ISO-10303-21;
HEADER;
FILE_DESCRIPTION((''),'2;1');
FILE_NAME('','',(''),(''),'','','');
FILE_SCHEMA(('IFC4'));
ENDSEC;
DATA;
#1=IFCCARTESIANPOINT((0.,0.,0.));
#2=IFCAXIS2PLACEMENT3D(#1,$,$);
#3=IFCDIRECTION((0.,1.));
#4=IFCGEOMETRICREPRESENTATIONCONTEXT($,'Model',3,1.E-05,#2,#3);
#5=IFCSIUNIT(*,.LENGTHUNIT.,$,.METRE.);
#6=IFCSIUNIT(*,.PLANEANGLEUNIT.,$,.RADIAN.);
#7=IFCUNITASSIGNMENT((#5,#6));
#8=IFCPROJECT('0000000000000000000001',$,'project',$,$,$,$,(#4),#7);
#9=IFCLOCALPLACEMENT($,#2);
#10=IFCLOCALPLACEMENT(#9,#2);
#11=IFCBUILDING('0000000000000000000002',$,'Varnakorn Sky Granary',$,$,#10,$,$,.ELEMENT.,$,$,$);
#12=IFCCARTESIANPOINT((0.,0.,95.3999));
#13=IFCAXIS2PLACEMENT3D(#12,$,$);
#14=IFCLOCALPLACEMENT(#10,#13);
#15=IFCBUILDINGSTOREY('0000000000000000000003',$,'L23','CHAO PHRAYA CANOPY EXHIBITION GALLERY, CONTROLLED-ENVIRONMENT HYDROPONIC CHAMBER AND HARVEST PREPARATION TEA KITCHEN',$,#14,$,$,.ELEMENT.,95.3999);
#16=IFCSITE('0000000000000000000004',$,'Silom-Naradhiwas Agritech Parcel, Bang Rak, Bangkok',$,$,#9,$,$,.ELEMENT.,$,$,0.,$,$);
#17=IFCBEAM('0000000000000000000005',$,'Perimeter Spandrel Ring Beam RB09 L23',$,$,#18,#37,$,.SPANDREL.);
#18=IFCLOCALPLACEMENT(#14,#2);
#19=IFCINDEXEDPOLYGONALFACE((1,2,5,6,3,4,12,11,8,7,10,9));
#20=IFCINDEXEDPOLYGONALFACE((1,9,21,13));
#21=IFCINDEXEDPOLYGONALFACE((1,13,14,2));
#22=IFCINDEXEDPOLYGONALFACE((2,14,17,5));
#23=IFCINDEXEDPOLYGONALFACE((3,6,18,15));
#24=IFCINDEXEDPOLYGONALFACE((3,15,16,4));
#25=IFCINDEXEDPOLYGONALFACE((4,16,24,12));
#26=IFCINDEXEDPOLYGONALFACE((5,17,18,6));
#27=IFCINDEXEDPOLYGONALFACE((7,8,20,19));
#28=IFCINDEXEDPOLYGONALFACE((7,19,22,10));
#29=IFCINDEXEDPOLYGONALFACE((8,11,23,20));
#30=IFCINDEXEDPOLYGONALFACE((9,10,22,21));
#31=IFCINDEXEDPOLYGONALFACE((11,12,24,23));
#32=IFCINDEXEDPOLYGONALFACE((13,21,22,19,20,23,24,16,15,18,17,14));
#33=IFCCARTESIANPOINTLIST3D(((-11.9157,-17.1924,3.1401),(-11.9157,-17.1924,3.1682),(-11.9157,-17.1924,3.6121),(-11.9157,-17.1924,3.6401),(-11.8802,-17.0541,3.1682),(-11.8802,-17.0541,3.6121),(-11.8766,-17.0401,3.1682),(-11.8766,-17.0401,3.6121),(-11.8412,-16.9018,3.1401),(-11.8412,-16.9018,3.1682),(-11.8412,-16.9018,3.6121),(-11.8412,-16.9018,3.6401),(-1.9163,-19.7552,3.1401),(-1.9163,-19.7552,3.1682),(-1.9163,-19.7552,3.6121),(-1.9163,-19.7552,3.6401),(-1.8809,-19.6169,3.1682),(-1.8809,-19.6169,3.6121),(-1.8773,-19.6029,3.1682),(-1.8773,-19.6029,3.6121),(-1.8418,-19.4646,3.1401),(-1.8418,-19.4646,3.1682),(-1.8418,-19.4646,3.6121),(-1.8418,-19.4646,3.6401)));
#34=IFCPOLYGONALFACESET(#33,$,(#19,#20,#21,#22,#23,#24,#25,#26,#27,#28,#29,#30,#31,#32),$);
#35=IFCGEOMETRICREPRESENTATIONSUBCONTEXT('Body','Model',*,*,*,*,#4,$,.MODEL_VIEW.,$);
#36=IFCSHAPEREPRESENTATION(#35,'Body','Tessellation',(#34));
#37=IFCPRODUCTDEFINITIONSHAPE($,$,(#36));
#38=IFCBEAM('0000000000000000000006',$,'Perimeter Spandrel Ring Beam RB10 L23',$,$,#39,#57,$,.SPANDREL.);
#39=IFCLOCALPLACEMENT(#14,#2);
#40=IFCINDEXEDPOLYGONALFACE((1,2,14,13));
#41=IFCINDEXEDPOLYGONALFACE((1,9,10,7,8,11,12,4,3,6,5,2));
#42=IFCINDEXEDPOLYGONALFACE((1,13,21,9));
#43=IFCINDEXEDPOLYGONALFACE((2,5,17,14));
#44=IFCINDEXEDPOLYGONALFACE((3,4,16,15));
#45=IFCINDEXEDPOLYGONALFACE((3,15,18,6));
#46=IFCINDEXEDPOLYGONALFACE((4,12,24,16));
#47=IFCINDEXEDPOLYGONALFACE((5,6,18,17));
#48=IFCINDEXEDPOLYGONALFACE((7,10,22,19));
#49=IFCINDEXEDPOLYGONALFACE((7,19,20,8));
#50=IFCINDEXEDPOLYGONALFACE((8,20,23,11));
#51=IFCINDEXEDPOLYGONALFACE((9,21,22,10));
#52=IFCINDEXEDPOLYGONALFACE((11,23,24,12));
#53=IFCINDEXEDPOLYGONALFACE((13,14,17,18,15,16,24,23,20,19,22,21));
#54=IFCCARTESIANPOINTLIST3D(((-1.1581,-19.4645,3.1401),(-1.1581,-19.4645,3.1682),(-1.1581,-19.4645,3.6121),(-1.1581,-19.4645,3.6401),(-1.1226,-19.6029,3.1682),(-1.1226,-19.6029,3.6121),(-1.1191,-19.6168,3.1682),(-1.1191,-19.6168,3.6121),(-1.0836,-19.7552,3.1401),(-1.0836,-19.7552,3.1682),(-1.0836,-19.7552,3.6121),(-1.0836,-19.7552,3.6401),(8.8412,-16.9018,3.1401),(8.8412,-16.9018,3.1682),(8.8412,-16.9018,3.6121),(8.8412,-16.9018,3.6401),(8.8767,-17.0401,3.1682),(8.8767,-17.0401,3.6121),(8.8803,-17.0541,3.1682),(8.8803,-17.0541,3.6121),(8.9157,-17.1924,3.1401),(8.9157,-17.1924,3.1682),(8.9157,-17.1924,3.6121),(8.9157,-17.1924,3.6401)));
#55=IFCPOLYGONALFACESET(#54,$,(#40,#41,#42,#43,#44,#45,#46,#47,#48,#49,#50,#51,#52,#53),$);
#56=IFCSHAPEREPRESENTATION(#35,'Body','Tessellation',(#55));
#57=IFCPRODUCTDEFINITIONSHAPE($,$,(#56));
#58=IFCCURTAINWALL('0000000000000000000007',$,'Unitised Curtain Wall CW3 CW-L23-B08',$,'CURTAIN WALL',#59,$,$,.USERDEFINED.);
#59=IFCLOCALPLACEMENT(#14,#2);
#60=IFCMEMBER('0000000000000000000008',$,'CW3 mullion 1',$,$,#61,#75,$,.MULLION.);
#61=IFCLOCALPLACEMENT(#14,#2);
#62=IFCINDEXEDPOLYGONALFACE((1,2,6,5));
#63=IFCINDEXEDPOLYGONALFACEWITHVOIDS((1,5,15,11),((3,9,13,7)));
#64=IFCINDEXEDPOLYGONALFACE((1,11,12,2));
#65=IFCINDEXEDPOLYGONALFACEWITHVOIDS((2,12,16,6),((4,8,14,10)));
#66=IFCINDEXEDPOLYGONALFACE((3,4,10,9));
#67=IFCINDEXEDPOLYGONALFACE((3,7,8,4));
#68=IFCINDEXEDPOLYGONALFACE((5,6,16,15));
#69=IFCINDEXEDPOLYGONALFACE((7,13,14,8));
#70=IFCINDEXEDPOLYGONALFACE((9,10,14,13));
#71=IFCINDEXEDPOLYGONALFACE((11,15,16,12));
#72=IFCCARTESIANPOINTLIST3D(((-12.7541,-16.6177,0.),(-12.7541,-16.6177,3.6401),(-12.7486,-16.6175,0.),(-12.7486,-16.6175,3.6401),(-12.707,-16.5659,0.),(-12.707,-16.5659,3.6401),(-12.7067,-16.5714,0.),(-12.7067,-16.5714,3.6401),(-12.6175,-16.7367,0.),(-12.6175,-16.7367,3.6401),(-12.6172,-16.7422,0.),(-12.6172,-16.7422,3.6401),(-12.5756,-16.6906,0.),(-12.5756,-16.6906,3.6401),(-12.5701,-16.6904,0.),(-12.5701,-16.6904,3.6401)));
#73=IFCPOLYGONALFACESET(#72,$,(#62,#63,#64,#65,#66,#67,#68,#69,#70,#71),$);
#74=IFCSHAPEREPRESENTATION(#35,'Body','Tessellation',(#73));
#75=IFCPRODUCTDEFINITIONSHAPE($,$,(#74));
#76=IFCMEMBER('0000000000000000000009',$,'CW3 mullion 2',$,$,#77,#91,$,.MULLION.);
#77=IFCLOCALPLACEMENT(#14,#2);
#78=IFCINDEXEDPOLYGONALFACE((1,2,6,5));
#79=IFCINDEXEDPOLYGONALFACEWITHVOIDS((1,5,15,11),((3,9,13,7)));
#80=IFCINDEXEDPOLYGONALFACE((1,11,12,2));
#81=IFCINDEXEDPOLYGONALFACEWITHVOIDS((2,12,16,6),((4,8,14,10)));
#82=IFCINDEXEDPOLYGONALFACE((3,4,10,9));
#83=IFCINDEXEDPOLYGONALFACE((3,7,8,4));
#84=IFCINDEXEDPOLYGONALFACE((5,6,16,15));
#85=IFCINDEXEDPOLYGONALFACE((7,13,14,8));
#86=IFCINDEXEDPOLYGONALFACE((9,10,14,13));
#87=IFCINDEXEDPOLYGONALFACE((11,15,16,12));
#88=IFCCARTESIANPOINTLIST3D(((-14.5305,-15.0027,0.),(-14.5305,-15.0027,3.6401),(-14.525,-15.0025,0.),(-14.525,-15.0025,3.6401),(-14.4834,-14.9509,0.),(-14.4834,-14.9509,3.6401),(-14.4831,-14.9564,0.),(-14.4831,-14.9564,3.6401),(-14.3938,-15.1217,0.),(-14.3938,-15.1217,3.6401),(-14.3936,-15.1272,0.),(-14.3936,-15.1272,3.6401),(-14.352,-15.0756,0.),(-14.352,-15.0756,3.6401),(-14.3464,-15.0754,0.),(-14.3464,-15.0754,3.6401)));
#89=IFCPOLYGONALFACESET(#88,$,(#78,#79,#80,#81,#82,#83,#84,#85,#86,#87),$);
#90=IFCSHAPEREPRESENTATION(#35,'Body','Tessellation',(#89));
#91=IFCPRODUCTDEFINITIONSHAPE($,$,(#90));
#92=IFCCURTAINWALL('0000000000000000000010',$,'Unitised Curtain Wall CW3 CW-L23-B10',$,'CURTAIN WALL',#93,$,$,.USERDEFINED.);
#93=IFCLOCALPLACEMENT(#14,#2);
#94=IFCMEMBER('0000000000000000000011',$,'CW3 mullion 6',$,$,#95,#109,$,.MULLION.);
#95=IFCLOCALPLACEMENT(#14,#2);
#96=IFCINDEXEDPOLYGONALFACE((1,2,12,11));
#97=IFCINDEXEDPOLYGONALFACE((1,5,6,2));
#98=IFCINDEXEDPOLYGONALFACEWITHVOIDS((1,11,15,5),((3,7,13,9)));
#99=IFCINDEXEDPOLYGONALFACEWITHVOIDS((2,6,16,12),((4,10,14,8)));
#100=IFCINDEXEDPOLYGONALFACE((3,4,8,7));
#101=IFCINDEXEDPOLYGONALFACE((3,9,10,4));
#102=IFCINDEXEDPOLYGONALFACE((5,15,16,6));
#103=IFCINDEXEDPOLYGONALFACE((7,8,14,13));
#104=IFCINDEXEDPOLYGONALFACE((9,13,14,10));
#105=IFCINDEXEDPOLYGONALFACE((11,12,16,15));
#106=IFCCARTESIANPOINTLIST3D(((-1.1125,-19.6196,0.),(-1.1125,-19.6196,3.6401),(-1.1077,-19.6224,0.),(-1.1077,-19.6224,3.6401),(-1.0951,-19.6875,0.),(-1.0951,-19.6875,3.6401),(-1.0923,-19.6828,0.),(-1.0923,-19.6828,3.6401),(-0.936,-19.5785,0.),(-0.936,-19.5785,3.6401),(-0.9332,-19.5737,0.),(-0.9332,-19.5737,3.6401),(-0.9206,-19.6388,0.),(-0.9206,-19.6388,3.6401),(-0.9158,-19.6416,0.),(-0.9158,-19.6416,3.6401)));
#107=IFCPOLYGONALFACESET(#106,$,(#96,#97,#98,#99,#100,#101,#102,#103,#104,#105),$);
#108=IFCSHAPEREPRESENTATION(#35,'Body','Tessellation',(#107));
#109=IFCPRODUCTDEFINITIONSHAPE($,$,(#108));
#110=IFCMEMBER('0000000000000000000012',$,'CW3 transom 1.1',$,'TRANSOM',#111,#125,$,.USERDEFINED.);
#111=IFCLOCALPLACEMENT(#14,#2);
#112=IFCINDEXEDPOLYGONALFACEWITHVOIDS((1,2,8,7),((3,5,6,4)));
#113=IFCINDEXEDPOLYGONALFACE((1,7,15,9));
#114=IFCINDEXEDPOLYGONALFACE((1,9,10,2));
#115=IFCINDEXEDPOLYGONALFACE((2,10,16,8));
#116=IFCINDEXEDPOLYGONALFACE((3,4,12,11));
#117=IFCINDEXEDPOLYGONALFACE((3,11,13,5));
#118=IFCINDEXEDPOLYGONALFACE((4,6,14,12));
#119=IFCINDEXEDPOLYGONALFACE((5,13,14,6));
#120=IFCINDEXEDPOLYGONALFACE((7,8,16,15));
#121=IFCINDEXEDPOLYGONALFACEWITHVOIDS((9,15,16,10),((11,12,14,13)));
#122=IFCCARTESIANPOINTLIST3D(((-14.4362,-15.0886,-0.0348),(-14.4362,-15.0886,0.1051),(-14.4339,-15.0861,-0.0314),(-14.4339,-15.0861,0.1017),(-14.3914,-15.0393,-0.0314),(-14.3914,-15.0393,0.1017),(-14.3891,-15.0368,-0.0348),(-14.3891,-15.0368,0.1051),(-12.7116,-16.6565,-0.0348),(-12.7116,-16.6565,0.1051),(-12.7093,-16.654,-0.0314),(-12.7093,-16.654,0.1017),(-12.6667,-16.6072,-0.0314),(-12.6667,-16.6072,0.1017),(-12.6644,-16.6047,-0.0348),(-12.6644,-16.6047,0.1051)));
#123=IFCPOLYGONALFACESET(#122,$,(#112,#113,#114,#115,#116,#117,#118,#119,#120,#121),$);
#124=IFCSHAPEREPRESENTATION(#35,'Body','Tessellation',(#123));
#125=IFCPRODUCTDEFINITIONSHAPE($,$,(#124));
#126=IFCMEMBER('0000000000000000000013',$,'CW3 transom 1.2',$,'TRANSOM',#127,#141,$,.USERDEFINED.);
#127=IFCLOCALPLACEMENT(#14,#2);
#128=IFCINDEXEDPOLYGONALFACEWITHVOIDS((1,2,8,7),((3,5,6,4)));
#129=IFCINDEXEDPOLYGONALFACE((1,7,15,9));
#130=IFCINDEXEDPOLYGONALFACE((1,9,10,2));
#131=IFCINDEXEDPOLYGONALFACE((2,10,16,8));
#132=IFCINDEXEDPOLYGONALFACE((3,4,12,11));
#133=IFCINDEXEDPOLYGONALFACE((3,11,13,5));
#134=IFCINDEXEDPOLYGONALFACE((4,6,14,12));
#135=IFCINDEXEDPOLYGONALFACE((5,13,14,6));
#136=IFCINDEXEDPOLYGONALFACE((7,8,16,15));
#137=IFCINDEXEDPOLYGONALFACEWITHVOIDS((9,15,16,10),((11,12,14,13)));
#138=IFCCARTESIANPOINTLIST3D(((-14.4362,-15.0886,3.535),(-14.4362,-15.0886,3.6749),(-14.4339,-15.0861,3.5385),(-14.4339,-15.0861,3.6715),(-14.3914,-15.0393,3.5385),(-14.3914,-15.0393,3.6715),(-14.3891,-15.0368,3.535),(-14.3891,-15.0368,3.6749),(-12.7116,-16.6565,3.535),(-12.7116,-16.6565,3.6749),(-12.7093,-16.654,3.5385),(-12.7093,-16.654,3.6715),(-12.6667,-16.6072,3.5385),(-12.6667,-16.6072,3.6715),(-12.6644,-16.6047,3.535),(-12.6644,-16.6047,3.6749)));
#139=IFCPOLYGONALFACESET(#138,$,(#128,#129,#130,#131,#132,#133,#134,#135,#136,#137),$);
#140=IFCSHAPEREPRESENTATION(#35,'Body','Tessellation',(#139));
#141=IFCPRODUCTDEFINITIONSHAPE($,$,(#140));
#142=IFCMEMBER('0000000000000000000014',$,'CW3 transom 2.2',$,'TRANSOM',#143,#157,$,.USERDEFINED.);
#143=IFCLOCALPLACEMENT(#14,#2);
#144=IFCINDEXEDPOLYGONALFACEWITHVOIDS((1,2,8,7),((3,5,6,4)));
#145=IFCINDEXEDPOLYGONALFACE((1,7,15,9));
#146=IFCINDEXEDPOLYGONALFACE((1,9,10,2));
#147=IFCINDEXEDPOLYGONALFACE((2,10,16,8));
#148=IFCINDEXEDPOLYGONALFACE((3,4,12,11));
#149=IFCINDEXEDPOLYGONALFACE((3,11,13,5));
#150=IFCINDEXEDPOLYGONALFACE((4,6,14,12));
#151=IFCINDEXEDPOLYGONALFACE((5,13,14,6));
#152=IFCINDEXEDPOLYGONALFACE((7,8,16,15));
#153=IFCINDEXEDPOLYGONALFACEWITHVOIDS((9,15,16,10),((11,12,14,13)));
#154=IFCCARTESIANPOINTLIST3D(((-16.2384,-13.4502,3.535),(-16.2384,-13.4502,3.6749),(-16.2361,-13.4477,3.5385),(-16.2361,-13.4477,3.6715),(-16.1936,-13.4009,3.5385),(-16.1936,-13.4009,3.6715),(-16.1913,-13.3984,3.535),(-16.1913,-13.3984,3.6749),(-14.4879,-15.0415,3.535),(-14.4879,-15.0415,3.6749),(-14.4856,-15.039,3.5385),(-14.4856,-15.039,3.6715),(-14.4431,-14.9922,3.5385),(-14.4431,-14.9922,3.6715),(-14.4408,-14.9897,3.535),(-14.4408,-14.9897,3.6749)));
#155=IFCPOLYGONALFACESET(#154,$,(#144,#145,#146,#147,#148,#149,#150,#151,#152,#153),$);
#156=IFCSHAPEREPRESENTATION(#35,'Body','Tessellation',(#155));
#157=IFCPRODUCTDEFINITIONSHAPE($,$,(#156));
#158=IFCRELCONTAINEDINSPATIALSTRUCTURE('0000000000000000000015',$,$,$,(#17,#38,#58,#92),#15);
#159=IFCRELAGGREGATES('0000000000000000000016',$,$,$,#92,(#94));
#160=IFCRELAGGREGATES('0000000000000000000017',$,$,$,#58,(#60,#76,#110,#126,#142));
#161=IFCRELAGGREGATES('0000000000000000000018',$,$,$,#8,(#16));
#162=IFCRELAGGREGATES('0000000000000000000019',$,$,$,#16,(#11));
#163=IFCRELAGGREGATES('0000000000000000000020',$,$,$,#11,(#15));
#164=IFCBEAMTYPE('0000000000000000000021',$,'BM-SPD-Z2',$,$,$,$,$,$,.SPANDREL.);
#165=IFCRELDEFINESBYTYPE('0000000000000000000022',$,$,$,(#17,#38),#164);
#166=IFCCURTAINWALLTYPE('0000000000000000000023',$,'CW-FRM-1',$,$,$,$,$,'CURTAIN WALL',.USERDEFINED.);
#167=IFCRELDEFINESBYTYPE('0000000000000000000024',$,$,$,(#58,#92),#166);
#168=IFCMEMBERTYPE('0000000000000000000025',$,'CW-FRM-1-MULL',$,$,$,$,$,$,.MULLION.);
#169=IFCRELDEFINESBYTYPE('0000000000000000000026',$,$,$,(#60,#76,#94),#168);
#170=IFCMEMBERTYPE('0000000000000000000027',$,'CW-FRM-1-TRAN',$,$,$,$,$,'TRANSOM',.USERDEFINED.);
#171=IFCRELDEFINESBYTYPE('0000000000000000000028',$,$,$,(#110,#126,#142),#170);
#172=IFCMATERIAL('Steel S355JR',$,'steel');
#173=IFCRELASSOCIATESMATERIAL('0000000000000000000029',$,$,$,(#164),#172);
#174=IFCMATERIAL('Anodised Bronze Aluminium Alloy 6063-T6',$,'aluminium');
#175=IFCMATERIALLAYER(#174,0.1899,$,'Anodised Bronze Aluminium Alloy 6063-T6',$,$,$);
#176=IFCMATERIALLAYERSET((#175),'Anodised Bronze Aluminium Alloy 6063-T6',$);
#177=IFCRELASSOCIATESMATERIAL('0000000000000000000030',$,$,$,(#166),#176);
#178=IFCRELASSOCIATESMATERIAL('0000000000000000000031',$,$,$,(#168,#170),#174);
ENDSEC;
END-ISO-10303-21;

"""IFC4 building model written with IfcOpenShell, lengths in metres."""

from ifc_helpers import new_model, si_unit, direction, frame, origin, origin_2d, place, context, subcontext, project, spatial, hollow_rectangle, i_section, extrude, material, layer, layer_set, material_profile, profile_set, type_object, element, aggregate, save


model = new_model("IFC4")

# Units and contexts
model_context = context("Model", 3, precision=1e-05, world=origin(), true_north=direction((0.0, 1.0)))
body_context = subcontext(model_context, "Body", "Model", "MODEL_VIEW")
ifc_project = project(units=[si_unit("LENGTHUNIT", "METRE"), si_unit("PLANEANGLEUNIT", "RADIAN")], contexts=[model_context])

# Site, building, storey
site_placement = place(None, origin())
site = spatial("IfcSite", under=ifc_project, at=site_placement, Name="Silom-Naradhiwas Agritech Parcel, Bang Rak, Bangkok", CompositionType="ELEMENT", RefElevation=0.0)
building_placement = place(site_placement, origin())
building = spatial("IfcBuilding", under=site, at=building_placement, Name="Varnakorn Sky Granary", CompositionType="ELEMENT")
storey_placement = place(building_placement, frame((0.0, 0.0, 95.3999)))
storey = spatial("IfcBuildingStorey", under=building, at=storey_placement, Name="L23", Description="CHAO PHRAYA CANOPY EXHIBITION GALLERY, CONTROLLED-ENVIRONMENT HYDROPONIC CHAMBER AND HARVEST PREPARATION TEA KITCHEN", CompositionType="ELEMENT", Elevation=95.3999)

# Beams
ifc_material_1 = material(Name="Steel S355JR", Category="steel")
ifc_material_profile_1 = material_profile(ifc_material_1, i_section(OverallWidth=0.3, OverallDepth=0.5, WebThickness=0.0144, FlangeThickness=0.0281, at=origin_2d()), Name="HE 500 B")
ifc_profile_set_1 = profile_set([ifc_material_profile_1], Name="Steel S355JR")
beam_type_1 = type_object("IfcBeamType", Name="BM-SPD-Z2", PredefinedType="SPANDREL", material=ifc_profile_set_1)
for number, where, z_axis, x_axis, name in (
    (1, (-11.8784, -17.0471, 3.3901), (0.968691, -0.248269, 0.0), (0.248269, 0.968691, 0.0), "Perimeter Spandrel Ring Beam RB09 L23"),
    (2, (-1.1208, -19.6099, 3.3901), (0.968691, 0.248269, 0.0), (-0.248269, 0.968691, 0.0), "Perimeter Spandrel Ring Beam RB10 L23"),
):
    element("IfcBeam", number, at=place(storey_placement, frame(where, z_axis=z_axis, x_axis=x_axis)), inside=storey, type_object=beam_type_1, Name=name, PredefinedType="SPANDREL", context=body_context, shape_type="SweptSolid", body=[
        extrude(i_section(OverallWidth=0.3, OverallDepth=0.5, WebThickness=0.0144, FlangeThickness=0.0281, at=origin_2d()), origin(), (0.0, 0.0, 1.0), 10.3225),
    ])

# Curtain wall, members
ifc_material_2 = material(Name="Anodised Bronze Aluminium Alloy 6063-T6", Category="aluminium")
ifc_layer_1 = layer(ifc_material_2, 0.1899, Name="Anodised Bronze Aluminium Alloy 6063-T6")
ifc_layer_set_1 = layer_set([ifc_layer_1], Name="Anodised Bronze Aluminium Alloy 6063-T6")
curtain_wall_type = type_object("IfcCurtainWallType", Name="CW-FRM-1", ElementType="CURTAIN WALL", PredefinedType="USERDEFINED", material=ifc_layer_set_1)
curtain_wall_1_placement = place(storey_placement, origin())
curtain_wall_1 = element("IfcCurtainWall", 3, at=curtain_wall_1_placement, inside=storey, type_object=curtain_wall_type, Name="Unitised Curtain Wall CW3 CW-L23-B08", ObjectType="CURTAIN WALL", PredefinedType="USERDEFINED")
ifc_material_profile_2 = material_profile(ifc_material_2, hollow_rectangle(XDim=0.0701, YDim=0.1851, WallThickness=0.0039, at=origin_2d()), Name="ALU MULL 70x185")
ifc_profile_set_2 = profile_set([ifc_material_profile_2], Name="Anodised Bronze Aluminium Alloy 6063-T6")
member_type_1 = type_object("IfcMemberType", Name="CW-FRM-1-MULL", PredefinedType="MULLION", material=ifc_profile_set_2)
member_1_placement = place(storey_placement, frame((-12.6621, -16.6541, 0.0), z_axis=(0.0, 0.0, 1.0), x_axis=(-0.672672, -0.739941, 0.0)))
member_1 = element("IfcMember", 4, at=member_1_placement, type_object=member_type_1, Name="CW3 mullion 1", PredefinedType="MULLION", context=body_context, shape_type="SweptSolid", body=[
    extrude(hollow_rectangle(XDim=0.0701, YDim=0.1851, WallThickness=0.0039, at=origin_2d()), origin(), (0.0, 0.0, 1.0), 3.6401),
])
member_2_placement = place(storey_placement, frame((-14.4385, -15.0391, 0.0), z_axis=(0.0, 0.0, 1.0), x_axis=(-0.672672, -0.739941, 0.0)))
member_2 = element("IfcMember", 5, at=member_2_placement, type_object=member_type_1, Name="CW3 mullion 2", PredefinedType="MULLION", context=body_context, shape_type="SweptSolid", body=[
    extrude(hollow_rectangle(XDim=0.0701, YDim=0.1851, WallThickness=0.0039, at=origin_2d()), origin(), (0.0, 0.0, 1.0), 3.6401),
])

# Curtain wall, member
curtain_wall_2_placement = place(storey_placement, origin())
curtain_wall_2 = element("IfcCurtainWall", 6, at=curtain_wall_2_placement, inside=storey, type_object=curtain_wall_type, Name="Unitised Curtain Wall CW3 CW-L23-B10", ObjectType="CURTAIN WALL", PredefinedType="USERDEFINED")
member_3_placement = place(storey_placement, frame((-1.0142, -19.6306, 0.0), z_axis=(0.0, 0.0, 1.0), x_axis=(0.248101, -0.968734, 0.0)))
member_3 = element("IfcMember", 7, at=member_3_placement, type_object=member_type_1, Name="CW3 mullion 6", PredefinedType="MULLION", context=body_context, shape_type="SweptSolid", body=[
    extrude(hollow_rectangle(XDim=0.0701, YDim=0.1851, WallThickness=0.0039, at=origin_2d()), origin(), (0.0, 0.0, 1.0), 3.6401),
])
aggregate(curtain_wall_2, [member_3])

# Members
ifc_material_profile_3 = material_profile(ifc_material_2, hollow_rectangle(XDim=0.0701, YDim=0.1399, WallThickness=0.0034, at=origin_2d()), Name="ALU TRAN 70x140")
ifc_profile_set_3 = profile_set([ifc_material_profile_3], Name="Anodised Bronze Aluminium Alloy 6063-T6")
member_type_2 = type_object("IfcMemberType", Name="CW-FRM-1-TRAN", ElementType="TRANSOM", PredefinedType="USERDEFINED", material=ifc_profile_set_3)
member_4_placement = place(storey_placement, frame((-12.688, -16.6306, 0.0352), z_axis=(-0.739931, 0.672683, 0.0), x_axis=(-0.672683, -0.739931, 0.0)))
member_4 = element("IfcMember", 8, at=member_4_placement, type_object=member_type_2, Name="CW3 transom 1.1", ObjectType="TRANSOM", PredefinedType="USERDEFINED", context=body_context, shape_type="SweptSolid", body=[
    extrude(hollow_rectangle(XDim=0.0701, YDim=0.1399, WallThickness=0.0034, at=origin_2d()), origin(), (0.0, 0.0, 1.0), 2.3308),
])
member_5_placement = place(storey_placement, frame((-12.688, -16.6306, 3.605), z_axis=(-0.739931, 0.672683, 0.0), x_axis=(-0.672683, -0.739931, 0.0)))
member_5 = element("IfcMember", 9, at=member_5_placement, type_object=member_type_2, Name="CW3 transom 1.2", ObjectType="TRANSOM", PredefinedType="USERDEFINED", context=body_context, shape_type="SweptSolid", body=[
    extrude(hollow_rectangle(XDim=0.0701, YDim=0.1399, WallThickness=0.0034, at=origin_2d()), origin(), (0.0, 0.0, 1.0), 2.3308),
])
member_6_placement = place(storey_placement, frame((-14.4644, -15.0156, 3.605), z_axis=(-0.739949, 0.672663, 0.0), x_axis=(-0.672663, -0.739949, 0.0)))
member_6 = element("IfcMember", 10, at=member_6_placement, type_object=member_type_2, Name="CW3 transom 2.2", ObjectType="TRANSOM", PredefinedType="USERDEFINED", context=body_context, shape_type="SweptSolid", body=[
    extrude(hollow_rectangle(XDim=0.0701, YDim=0.1399, WallThickness=0.0034, at=origin_2d()), origin(), (0.0, 0.0, 1.0), 2.3657),
])

aggregate(curtain_wall_1, [member_1, member_2, member_4, member_5, member_6])

save(model, "model.ifc")
